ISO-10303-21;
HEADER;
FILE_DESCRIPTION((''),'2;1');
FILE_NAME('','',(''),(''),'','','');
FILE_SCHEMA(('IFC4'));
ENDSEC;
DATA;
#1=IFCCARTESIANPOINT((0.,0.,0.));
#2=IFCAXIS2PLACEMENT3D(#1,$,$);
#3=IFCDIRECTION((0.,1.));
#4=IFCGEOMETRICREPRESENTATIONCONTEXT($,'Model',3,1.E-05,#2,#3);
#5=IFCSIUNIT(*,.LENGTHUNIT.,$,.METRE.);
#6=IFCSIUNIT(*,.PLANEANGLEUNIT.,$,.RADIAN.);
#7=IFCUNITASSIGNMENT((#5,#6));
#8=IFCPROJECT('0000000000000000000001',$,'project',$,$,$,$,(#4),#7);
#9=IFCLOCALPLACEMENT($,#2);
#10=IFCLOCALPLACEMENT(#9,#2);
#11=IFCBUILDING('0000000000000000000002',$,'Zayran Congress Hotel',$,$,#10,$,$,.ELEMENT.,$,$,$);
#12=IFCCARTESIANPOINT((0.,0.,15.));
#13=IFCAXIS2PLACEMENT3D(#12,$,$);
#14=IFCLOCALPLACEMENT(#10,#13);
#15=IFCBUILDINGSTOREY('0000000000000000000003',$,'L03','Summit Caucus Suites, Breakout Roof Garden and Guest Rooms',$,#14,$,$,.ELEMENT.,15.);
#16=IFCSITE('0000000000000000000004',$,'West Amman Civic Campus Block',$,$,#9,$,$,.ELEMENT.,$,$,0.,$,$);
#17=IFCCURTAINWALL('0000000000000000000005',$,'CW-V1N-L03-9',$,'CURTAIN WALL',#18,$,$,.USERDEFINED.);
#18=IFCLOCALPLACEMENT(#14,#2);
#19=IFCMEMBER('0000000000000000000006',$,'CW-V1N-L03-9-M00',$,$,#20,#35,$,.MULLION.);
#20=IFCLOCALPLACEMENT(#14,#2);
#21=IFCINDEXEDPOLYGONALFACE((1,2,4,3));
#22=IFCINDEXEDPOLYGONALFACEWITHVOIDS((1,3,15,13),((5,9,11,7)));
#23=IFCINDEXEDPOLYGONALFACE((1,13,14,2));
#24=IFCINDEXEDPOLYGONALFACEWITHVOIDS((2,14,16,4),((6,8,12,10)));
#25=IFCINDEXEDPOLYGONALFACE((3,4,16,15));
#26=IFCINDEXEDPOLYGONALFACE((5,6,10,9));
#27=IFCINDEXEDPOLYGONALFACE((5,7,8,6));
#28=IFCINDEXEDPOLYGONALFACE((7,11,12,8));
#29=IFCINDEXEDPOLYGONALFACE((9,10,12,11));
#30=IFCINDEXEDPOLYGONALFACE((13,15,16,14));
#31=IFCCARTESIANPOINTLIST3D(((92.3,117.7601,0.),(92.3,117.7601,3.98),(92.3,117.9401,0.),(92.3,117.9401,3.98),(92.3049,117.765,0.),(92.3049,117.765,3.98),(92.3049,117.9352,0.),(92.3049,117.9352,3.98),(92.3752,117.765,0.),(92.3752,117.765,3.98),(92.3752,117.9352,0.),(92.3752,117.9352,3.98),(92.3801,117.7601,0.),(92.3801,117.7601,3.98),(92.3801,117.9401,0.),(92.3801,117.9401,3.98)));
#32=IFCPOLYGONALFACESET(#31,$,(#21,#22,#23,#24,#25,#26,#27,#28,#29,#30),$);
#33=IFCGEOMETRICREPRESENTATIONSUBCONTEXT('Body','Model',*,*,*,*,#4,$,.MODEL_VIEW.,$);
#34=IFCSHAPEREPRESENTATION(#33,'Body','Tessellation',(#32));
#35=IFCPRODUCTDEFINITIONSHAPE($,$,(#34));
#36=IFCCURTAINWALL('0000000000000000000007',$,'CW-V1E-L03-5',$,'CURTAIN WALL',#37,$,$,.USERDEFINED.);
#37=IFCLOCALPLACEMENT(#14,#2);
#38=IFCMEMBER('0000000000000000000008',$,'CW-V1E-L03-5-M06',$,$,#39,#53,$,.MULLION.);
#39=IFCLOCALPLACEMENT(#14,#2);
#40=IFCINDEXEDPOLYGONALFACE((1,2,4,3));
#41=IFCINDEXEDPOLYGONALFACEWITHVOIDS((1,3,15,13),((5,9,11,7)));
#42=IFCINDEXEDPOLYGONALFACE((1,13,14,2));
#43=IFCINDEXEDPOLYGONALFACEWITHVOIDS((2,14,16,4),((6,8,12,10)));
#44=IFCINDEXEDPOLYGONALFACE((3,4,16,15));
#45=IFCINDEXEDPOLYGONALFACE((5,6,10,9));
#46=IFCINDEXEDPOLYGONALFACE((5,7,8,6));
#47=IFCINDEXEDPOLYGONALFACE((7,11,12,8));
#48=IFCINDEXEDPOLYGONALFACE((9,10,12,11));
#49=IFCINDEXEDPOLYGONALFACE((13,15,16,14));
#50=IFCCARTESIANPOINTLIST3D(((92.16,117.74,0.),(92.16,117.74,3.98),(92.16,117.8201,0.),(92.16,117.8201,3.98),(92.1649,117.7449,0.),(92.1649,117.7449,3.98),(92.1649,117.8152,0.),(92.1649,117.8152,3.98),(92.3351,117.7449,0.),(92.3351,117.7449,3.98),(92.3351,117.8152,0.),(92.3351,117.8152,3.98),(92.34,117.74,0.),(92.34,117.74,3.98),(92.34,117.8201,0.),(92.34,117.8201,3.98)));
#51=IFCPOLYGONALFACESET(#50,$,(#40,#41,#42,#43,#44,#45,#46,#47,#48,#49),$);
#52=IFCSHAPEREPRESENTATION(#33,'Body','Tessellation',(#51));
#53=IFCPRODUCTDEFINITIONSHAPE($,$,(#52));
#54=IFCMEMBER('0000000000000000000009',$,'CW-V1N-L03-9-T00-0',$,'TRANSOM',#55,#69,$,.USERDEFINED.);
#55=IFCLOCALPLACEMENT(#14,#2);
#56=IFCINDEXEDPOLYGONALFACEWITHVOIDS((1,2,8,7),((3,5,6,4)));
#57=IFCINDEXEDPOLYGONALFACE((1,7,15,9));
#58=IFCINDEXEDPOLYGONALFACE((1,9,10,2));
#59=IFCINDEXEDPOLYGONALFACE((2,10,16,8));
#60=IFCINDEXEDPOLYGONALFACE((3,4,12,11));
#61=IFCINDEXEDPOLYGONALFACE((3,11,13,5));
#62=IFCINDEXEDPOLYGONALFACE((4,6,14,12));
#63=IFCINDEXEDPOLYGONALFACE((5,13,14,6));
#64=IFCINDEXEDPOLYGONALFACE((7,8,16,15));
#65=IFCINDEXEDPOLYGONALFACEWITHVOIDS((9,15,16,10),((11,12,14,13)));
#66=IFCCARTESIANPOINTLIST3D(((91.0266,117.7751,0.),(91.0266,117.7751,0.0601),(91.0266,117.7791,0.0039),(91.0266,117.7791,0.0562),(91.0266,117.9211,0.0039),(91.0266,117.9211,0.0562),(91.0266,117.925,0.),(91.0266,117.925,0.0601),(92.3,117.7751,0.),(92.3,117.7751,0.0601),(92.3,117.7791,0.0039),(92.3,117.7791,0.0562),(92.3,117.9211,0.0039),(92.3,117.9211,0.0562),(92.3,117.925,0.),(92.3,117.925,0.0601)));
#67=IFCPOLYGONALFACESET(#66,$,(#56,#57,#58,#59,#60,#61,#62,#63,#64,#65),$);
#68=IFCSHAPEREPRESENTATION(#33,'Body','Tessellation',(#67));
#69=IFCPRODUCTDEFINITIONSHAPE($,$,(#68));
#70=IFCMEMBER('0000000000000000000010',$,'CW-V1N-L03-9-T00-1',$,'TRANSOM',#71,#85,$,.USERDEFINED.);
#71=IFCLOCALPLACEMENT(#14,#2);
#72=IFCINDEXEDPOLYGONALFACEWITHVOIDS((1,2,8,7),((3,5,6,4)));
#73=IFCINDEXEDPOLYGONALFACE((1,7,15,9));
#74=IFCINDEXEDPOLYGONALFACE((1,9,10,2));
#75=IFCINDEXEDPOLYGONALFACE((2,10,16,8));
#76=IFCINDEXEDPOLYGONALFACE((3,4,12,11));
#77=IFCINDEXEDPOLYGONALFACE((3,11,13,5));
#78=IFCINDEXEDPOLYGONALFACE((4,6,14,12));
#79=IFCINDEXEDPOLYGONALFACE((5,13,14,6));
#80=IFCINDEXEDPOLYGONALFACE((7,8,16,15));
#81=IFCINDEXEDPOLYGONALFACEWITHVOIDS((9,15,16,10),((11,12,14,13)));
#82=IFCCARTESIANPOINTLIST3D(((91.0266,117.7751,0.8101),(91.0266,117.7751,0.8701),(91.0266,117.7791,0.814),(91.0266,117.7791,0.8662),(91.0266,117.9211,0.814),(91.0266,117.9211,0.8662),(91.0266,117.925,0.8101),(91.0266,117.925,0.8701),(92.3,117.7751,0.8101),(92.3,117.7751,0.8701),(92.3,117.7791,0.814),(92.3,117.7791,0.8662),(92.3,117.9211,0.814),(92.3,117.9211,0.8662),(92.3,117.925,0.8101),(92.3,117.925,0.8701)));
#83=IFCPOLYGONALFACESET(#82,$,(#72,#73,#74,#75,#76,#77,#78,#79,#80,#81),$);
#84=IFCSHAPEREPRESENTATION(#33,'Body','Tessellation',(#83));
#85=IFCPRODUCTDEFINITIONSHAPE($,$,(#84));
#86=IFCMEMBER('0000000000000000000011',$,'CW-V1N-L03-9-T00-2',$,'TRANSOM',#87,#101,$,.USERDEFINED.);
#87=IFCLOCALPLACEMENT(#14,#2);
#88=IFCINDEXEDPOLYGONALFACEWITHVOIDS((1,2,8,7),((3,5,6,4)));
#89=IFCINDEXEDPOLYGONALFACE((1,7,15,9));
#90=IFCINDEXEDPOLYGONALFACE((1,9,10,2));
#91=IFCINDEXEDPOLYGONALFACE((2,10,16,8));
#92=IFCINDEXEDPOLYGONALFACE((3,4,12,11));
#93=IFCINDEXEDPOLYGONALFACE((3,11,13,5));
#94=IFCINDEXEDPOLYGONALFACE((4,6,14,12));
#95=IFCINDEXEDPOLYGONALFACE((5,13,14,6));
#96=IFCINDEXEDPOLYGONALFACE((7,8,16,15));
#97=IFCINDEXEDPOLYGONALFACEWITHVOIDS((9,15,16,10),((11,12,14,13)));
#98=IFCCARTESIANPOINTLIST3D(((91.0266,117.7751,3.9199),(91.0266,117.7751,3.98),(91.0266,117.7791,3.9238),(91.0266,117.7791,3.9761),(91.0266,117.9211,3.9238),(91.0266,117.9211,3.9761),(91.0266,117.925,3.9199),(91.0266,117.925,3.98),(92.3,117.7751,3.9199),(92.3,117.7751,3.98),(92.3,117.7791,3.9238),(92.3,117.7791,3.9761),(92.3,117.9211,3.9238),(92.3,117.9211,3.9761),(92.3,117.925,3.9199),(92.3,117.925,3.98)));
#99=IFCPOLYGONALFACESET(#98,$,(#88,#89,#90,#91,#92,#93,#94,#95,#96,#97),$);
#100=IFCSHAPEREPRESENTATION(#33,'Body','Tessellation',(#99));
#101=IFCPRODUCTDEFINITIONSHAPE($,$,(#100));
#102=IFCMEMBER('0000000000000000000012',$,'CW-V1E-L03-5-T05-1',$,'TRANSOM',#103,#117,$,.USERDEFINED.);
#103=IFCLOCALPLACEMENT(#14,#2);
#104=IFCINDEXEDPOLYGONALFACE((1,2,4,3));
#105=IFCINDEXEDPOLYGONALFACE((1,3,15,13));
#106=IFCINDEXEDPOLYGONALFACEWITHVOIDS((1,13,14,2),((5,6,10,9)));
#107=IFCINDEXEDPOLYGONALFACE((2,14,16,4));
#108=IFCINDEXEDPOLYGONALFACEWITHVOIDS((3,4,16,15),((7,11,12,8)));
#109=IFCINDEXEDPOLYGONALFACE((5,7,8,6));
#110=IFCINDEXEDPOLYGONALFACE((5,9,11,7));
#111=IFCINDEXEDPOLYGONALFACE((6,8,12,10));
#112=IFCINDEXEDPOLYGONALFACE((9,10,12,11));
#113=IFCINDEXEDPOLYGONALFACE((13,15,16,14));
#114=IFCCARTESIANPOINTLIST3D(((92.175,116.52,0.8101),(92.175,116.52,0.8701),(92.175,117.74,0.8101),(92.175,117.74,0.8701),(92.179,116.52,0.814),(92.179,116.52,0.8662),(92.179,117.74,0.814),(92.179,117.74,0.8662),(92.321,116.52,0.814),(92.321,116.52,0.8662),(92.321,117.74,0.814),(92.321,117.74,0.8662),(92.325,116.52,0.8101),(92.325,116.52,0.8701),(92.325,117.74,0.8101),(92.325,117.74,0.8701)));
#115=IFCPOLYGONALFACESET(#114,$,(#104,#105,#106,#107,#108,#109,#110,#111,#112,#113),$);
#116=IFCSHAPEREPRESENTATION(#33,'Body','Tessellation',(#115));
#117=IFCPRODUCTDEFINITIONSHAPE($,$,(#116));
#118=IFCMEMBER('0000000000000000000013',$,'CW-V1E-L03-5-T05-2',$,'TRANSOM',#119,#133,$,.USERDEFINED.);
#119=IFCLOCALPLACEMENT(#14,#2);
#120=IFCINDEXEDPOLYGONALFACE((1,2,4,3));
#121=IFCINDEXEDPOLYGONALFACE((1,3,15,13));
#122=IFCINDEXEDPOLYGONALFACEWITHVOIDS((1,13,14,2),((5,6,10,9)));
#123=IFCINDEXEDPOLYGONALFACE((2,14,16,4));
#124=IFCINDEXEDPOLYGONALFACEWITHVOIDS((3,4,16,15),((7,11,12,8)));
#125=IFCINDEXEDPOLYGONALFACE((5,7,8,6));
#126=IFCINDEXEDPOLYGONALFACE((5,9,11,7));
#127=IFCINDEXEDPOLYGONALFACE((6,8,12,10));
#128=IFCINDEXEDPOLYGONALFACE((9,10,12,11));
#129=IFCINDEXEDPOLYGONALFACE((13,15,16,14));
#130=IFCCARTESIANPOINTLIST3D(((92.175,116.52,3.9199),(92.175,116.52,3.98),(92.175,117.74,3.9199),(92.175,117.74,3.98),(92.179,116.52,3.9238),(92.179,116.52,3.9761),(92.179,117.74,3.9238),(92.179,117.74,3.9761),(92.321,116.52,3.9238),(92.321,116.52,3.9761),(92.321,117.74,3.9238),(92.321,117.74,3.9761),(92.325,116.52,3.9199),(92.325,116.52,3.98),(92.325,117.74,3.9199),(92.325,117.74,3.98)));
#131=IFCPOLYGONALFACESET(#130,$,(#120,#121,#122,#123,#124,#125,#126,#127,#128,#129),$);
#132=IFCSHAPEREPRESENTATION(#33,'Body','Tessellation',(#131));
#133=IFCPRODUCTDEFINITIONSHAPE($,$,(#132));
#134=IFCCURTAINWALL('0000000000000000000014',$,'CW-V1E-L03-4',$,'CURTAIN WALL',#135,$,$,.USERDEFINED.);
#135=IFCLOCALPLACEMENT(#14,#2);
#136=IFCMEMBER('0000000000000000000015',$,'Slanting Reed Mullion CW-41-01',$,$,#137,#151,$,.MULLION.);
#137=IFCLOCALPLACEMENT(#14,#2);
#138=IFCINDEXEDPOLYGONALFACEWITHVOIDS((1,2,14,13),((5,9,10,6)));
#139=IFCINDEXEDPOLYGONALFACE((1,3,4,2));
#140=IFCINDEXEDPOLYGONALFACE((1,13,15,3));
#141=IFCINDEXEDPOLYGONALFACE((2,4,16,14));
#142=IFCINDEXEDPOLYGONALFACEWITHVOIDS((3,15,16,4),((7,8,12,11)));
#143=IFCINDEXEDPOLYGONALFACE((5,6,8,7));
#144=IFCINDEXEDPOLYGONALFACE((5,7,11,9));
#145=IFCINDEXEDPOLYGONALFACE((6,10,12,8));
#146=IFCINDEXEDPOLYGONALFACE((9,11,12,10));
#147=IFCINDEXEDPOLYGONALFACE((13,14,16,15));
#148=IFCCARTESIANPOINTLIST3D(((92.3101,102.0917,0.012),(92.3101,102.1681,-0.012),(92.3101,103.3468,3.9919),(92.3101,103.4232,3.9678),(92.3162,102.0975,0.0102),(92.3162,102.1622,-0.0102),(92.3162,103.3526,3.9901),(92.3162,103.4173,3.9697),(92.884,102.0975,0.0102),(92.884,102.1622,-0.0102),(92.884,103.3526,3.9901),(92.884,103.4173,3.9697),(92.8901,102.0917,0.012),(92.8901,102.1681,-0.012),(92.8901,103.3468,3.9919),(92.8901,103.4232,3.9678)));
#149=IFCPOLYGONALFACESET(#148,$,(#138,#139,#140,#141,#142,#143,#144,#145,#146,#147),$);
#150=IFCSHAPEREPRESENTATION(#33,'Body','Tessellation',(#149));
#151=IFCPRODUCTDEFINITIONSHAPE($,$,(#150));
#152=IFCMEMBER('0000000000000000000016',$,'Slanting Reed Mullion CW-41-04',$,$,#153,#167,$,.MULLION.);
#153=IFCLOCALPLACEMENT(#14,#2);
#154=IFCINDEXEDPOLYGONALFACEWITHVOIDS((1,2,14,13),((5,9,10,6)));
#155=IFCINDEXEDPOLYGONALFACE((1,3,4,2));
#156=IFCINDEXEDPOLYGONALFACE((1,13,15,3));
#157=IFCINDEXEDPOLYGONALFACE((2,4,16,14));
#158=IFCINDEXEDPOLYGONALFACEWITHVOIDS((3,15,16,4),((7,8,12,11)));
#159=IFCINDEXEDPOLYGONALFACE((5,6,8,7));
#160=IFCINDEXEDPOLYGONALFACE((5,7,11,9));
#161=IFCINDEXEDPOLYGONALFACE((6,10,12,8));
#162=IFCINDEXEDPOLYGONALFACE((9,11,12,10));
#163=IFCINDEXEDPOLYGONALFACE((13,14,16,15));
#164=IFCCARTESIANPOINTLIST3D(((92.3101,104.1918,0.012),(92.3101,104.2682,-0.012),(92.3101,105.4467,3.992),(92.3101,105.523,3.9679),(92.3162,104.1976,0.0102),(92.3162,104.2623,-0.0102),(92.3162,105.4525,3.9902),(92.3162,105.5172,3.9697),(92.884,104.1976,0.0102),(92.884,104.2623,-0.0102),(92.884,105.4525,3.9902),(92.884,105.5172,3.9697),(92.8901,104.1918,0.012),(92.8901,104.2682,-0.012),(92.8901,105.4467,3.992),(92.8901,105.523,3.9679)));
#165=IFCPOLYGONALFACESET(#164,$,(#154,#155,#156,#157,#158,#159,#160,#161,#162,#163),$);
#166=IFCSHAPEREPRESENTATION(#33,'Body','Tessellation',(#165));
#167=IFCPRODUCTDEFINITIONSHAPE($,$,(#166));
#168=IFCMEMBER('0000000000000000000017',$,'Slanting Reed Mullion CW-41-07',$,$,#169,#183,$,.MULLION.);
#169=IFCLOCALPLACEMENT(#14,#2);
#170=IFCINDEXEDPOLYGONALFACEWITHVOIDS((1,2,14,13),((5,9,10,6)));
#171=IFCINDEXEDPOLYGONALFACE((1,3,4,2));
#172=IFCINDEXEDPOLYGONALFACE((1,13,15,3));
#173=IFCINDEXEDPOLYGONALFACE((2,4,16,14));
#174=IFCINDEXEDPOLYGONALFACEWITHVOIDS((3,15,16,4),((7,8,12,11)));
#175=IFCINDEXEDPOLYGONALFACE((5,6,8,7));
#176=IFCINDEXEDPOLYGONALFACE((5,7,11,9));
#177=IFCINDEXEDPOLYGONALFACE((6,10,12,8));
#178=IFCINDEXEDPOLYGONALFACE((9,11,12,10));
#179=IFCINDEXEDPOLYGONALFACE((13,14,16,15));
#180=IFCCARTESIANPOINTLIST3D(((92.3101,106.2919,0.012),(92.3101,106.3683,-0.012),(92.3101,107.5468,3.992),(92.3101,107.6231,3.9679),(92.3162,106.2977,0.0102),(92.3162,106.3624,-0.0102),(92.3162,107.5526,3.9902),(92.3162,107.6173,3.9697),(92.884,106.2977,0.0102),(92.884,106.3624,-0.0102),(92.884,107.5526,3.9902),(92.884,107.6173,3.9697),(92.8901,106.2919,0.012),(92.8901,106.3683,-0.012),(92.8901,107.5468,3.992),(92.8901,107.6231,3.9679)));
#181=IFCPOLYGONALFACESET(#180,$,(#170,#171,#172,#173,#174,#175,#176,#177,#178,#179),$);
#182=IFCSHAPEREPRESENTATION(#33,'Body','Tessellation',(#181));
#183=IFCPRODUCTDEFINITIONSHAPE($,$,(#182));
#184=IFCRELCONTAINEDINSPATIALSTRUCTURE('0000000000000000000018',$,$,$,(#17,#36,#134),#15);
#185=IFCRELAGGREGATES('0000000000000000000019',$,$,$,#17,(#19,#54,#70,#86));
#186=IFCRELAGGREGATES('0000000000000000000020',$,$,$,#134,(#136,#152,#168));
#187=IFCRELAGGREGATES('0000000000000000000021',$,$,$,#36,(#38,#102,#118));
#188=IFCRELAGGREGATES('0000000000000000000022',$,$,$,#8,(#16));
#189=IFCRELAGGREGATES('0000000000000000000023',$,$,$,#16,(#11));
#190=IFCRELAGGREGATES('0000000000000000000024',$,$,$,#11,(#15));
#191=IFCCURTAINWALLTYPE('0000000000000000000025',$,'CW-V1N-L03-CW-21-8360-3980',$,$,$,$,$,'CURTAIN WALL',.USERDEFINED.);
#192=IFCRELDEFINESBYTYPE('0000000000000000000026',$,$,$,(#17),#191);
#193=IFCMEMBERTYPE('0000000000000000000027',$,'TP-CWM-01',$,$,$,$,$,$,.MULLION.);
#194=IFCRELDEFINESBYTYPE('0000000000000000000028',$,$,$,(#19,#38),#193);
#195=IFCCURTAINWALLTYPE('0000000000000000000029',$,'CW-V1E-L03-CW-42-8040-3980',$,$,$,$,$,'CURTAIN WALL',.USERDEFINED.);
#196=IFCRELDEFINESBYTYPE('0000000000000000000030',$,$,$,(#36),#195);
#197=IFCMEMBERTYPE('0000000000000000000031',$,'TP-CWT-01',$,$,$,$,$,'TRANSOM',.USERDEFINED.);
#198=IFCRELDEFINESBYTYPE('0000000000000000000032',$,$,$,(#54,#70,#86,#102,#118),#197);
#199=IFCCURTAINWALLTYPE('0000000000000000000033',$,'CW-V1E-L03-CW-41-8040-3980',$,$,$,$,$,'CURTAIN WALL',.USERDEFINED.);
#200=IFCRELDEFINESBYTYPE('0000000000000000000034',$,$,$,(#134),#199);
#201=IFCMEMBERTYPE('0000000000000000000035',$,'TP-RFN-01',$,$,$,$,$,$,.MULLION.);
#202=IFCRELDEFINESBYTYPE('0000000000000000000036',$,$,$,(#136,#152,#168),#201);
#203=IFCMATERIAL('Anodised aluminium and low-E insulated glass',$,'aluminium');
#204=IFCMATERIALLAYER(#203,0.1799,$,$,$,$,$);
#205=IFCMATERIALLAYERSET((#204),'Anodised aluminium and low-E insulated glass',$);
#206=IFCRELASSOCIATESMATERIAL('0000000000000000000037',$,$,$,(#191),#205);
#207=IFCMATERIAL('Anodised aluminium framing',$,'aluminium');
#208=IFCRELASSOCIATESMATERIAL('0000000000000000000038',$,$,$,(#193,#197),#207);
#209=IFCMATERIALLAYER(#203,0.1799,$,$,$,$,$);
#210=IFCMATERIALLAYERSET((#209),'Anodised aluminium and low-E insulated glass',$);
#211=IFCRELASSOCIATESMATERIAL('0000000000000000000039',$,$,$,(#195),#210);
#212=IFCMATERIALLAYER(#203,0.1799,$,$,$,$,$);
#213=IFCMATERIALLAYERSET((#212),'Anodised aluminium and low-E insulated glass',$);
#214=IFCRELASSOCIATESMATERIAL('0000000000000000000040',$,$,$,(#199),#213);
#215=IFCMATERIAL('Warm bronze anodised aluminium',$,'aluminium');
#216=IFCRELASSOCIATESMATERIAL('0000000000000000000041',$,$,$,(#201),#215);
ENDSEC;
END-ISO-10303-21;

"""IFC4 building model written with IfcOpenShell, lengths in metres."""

from ifc_helpers import new_model, si_unit, direction, frame, origin, origin_2d, place, context, subcontext, project, spatial, hollow_rectangle, extrude, material, layer, layer_set, material_profile, profile_set, type_object, element, aggregate, save


model = new_model("IFC4")

# Units and contexts
model_context = context("Model", 3, precision=1e-05, world=origin(), true_north=direction((0.0, 1.0)))
body_context = subcontext(model_context, "Body", "Model", "MODEL_VIEW")
ifc_project = project(units=[si_unit("LENGTHUNIT", "METRE"), si_unit("PLANEANGLEUNIT", "RADIAN")], contexts=[model_context])

# Site, building, storey
site_placement = place(None, origin())
site = spatial("IfcSite", under=ifc_project, at=site_placement, Name="West Amman Civic Campus Block", CompositionType="ELEMENT", RefElevation=0.0)
building_placement = place(site_placement, origin())
building = spatial("IfcBuilding", under=site, at=building_placement, Name="Zayran Congress Hotel", CompositionType="ELEMENT")
storey_placement = place(building_placement, frame((0.0, 0.0, 15.0)))
storey = spatial("IfcBuildingStorey", under=building, at=storey_placement, Name="L03", Description="Summit Caucus Suites, Breakout Roof Garden and Guest Rooms", CompositionType="ELEMENT", Elevation=15.0)

# Curtain walls, members
ifc_material_1 = material(Name="Anodised aluminium and low-E insulated glass", Category="aluminium")
ifc_layer_1 = layer(ifc_material_1, 0.1799)
ifc_layer_set_1 = layer_set([ifc_layer_1], Name="Anodised aluminium and low-E insulated glass")
curtain_wall_type_1 = type_object("IfcCurtainWallType", Name="CW-V1N-L03-CW-21-8360-3980", ElementType="CURTAIN WALL", PredefinedType="USERDEFINED", material=ifc_layer_set_1)
curtain_wall_1_placement = place(storey_placement, origin())
curtain_wall_1 = element("IfcCurtainWall", 1, at=curtain_wall_1_placement, inside=storey, type_object=curtain_wall_type_1, Name="CW-V1N-L03-9", ObjectType="CURTAIN WALL", PredefinedType="USERDEFINED")
ifc_material_2 = material(Name="Anodised aluminium framing", Category="aluminium")
ifc_material_profile_1 = material_profile(ifc_material_2, hollow_rectangle(XDim=0.0801, YDim=0.1799, WallThickness=0.0049, at=origin_2d()), Name="RHS 180x80x5")
ifc_profile_set_1 = profile_set([ifc_material_profile_1], Name="Anodised aluminium framing")
member_type_1 = type_object("IfcMemberType", Name="TP-CWM-01", PredefinedType="MULLION", material=ifc_profile_set_1)
member_1_placement = place(storey_placement, frame((92.3401, 117.8501, 0.0), z_axis=(0.0, 0.0, 1.0), x_axis=(1.0, 0.0, 0.0)))
member_1 = element("IfcMember", 2, at=member_1_placement, type_object=member_type_1, Name="CW-V1N-L03-9-M00", PredefinedType="MULLION", context=body_context, shape_type="SweptSolid", body=[
    extrude(hollow_rectangle(XDim=0.0801, YDim=0.1799, WallThickness=0.0049, at=origin_2d()), origin(), (0.0, 0.0, 1.0), 3.98),
])
ifc_layer_2 = layer(ifc_material_1, 0.1799)
ifc_layer_set_2 = layer_set([ifc_layer_2], Name="Anodised aluminium and low-E insulated glass")
curtain_wall_type_2 = type_object("IfcCurtainWallType", Name="CW-V1E-L03-CW-42-8040-3980", ElementType="CURTAIN WALL", PredefinedType="USERDEFINED", material=ifc_layer_set_2)
curtain_wall_2_placement = place(storey_placement, origin())
curtain_wall_2 = element("IfcCurtainWall", 3, at=curtain_wall_2_placement, inside=storey, type_object=curtain_wall_type_2, Name="CW-V1E-L03-5", ObjectType="CURTAIN WALL", PredefinedType="USERDEFINED")
member_2_placement = place(storey_placement, frame((92.25, 117.78, 0.0), z_axis=(0.0, 0.0, 1.0), x_axis=(0.0, 1.0, 0.0)))
member_2 = element("IfcMember", 4, at=member_2_placement, type_object=member_type_1, Name="CW-V1E-L03-5-M06", PredefinedType="MULLION", context=body_context, shape_type="SweptSolid", body=[
    extrude(hollow_rectangle(XDim=0.0801, YDim=0.1799, WallThickness=0.0049, at=origin_2d()), origin(), (0.0, 0.0, 1.0), 3.98),
])

# Members
ifc_material_profile_2 = material_profile(ifc_material_2, hollow_rectangle(XDim=0.0601, YDim=0.1499, WallThickness=0.0039, at=origin_2d()), Name="RHS 150x60x4")
ifc_profile_set_2 = profile_set([ifc_material_profile_2], Name="Anodised aluminium framing")
member_type_2 = type_object("IfcMemberType", Name="TP-CWT-01", ElementType="TRANSOM", PredefinedType="USERDEFINED", material=ifc_profile_set_2)
member_3_placement = place(storey_placement, frame((92.3, 117.8501, 0.03), z_axis=(-1.0, 0.0, 0.0), x_axis=(0.0, 0.0, 1.0)))
member_3 = element("IfcMember", 5, at=member_3_placement, type_object=member_type_2, Name="CW-V1N-L03-9-T00-0", ObjectType="TRANSOM", PredefinedType="USERDEFINED", context=body_context, shape_type="SweptSolid", body=[
    extrude(hollow_rectangle(XDim=0.0601, YDim=0.1499, WallThickness=0.0039, at=origin_2d()), origin(), (0.0, 0.0, 1.0), 1.2734),
])
member_4_placement = place(storey_placement, frame((92.3, 117.8501, 0.8401), z_axis=(-1.0, 0.0, 0.0), x_axis=(0.0, 0.0, 1.0)))
member_4 = element("IfcMember", 6, at=member_4_placement, type_object=member_type_2, Name="CW-V1N-L03-9-T00-1", ObjectType="TRANSOM", PredefinedType="USERDEFINED", context=body_context, shape_type="SweptSolid", body=[
    extrude(hollow_rectangle(XDim=0.0601, YDim=0.1499, WallThickness=0.0039, at=origin_2d()), origin(), (0.0, 0.0, 1.0), 1.2734),
])
member_5_placement = place(storey_placement, frame((92.3, 117.8501, 3.95), z_axis=(-1.0, 0.0, 0.0), x_axis=(0.0, 0.0, 1.0)))
member_5 = element("IfcMember", 7, at=member_5_placement, type_object=member_type_2, Name="CW-V1N-L03-9-T00-2", ObjectType="TRANSOM", PredefinedType="USERDEFINED", context=body_context, shape_type="SweptSolid", body=[
    extrude(hollow_rectangle(XDim=0.0601, YDim=0.1499, WallThickness=0.0039, at=origin_2d()), origin(), (0.0, 0.0, 1.0), 1.2734),
])
aggregate(curtain_wall_1, [member_1, member_3, member_4, member_5])
member_6_placement = place(storey_placement, frame((92.25, 116.52, 0.8401), z_axis=(0.0, 1.0, 0.0), x_axis=(0.0, 0.0, 1.0)))
member_6 = element("IfcMember", 8, at=member_6_placement, type_object=member_type_2, Name="CW-V1E-L03-5-T05-1", ObjectType="TRANSOM", PredefinedType="USERDEFINED", context=body_context, shape_type="SweptSolid", body=[
    extrude(hollow_rectangle(XDim=0.0601, YDim=0.1499, WallThickness=0.0039, at=origin_2d()), origin(), (0.0, 0.0, 1.0), 1.22),
])
member_7_placement = place(storey_placement, frame((92.25, 116.52, 3.95), z_axis=(0.0, 1.0, 0.0), x_axis=(0.0, 0.0, 1.0)))
member_7 = element("IfcMember", 9, at=member_7_placement, type_object=member_type_2, Name="CW-V1E-L03-5-T05-2", ObjectType="TRANSOM", PredefinedType="USERDEFINED", context=body_context, shape_type="SweptSolid", body=[
    extrude(hollow_rectangle(XDim=0.0601, YDim=0.1499, WallThickness=0.0039, at=origin_2d()), origin(), (0.0, 0.0, 1.0), 1.22),
])

# Curtain wall, members
ifc_layer_3 = layer(ifc_material_1, 0.1799)
ifc_layer_set_3 = layer_set([ifc_layer_3], Name="Anodised aluminium and low-E insulated glass")
curtain_wall_type_3 = type_object("IfcCurtainWallType", Name="CW-V1E-L03-CW-41-8040-3980", ElementType="CURTAIN WALL", PredefinedType="USERDEFINED", material=ifc_layer_set_3)
curtain_wall_3_placement = place(storey_placement, origin())
curtain_wall_3 = element("IfcCurtainWall", 10, at=curtain_wall_3_placement, inside=storey, type_object=curtain_wall_type_3, Name="CW-V1E-L03-4", ObjectType="CURTAIN WALL", PredefinedType="USERDEFINED")
ifc_material_3 = material(Name="Warm bronze anodised aluminium", Category="aluminium")
ifc_material_profile_3 = material_profile(ifc_material_3, hollow_rectangle(XDim=0.0801, YDim=0.5801, WallThickness=0.0061, at=origin_2d()), Name="RHS 580x80x6")
ifc_profile_set_3 = profile_set([ifc_material_profile_3], Name="Warm bronze anodised aluminium")
member_type_3 = type_object("IfcMemberType", Name="TP-RFN-01", PredefinedType="MULLION", material=ifc_profile_set_3)
member_8_placement = place(storey_placement, frame((92.6001, 102.1299, 0.0), z_axis=(0.0, 0.300759, 0.9537), x_axis=(0.0, -0.9537, 0.300759)))
member_8 = element("IfcMember", 11, at=member_8_placement, type_object=member_type_3, Name="Slanting Reed Mullion CW-41-01", PredefinedType="MULLION", context=body_context, shape_type="SweptSolid", body=[
    extrude(hollow_rectangle(XDim=0.0801, YDim=0.5801, WallThickness=0.0061, at=origin_2d()), origin(), (0.0, 0.0, 1.0), 4.1731),
])
member_9_placement = place(storey_placement, frame((92.6001, 104.23, 0.0), z_axis=(0.0, 0.300706, 0.953717), x_axis=(0.0, -0.953717, 0.300706)))
member_9 = element("IfcMember", 12, at=member_9_placement, type_object=member_type_3, Name="Slanting Reed Mullion CW-41-04", PredefinedType="MULLION", context=body_context, shape_type="SweptSolid", body=[
    extrude(hollow_rectangle(XDim=0.0801, YDim=0.5801, WallThickness=0.0061, at=origin_2d()), origin(), (0.0, 0.0, 1.0), 4.1731),
])
member_10_placement = place(storey_placement, frame((92.6001, 106.3301, 0.0), z_axis=(0.0, 0.300706, 0.953717), x_axis=(0.0, -0.953717, 0.300706)))
member_10 = element("IfcMember", 13, at=member_10_placement, type_object=member_type_3, Name="Slanting Reed Mullion CW-41-07", PredefinedType="MULLION", context=body_context, shape_type="SweptSolid", body=[
    extrude(hollow_rectangle(XDim=0.0801, YDim=0.5801, WallThickness=0.0061, at=origin_2d()), origin(), (0.0, 0.0, 1.0), 4.1731),
])

aggregate(curtain_wall_3, [member_8, member_9, member_10])

aggregate(curtain_wall_2, [member_2, member_6, member_7])

save(model, "model.ifc")
